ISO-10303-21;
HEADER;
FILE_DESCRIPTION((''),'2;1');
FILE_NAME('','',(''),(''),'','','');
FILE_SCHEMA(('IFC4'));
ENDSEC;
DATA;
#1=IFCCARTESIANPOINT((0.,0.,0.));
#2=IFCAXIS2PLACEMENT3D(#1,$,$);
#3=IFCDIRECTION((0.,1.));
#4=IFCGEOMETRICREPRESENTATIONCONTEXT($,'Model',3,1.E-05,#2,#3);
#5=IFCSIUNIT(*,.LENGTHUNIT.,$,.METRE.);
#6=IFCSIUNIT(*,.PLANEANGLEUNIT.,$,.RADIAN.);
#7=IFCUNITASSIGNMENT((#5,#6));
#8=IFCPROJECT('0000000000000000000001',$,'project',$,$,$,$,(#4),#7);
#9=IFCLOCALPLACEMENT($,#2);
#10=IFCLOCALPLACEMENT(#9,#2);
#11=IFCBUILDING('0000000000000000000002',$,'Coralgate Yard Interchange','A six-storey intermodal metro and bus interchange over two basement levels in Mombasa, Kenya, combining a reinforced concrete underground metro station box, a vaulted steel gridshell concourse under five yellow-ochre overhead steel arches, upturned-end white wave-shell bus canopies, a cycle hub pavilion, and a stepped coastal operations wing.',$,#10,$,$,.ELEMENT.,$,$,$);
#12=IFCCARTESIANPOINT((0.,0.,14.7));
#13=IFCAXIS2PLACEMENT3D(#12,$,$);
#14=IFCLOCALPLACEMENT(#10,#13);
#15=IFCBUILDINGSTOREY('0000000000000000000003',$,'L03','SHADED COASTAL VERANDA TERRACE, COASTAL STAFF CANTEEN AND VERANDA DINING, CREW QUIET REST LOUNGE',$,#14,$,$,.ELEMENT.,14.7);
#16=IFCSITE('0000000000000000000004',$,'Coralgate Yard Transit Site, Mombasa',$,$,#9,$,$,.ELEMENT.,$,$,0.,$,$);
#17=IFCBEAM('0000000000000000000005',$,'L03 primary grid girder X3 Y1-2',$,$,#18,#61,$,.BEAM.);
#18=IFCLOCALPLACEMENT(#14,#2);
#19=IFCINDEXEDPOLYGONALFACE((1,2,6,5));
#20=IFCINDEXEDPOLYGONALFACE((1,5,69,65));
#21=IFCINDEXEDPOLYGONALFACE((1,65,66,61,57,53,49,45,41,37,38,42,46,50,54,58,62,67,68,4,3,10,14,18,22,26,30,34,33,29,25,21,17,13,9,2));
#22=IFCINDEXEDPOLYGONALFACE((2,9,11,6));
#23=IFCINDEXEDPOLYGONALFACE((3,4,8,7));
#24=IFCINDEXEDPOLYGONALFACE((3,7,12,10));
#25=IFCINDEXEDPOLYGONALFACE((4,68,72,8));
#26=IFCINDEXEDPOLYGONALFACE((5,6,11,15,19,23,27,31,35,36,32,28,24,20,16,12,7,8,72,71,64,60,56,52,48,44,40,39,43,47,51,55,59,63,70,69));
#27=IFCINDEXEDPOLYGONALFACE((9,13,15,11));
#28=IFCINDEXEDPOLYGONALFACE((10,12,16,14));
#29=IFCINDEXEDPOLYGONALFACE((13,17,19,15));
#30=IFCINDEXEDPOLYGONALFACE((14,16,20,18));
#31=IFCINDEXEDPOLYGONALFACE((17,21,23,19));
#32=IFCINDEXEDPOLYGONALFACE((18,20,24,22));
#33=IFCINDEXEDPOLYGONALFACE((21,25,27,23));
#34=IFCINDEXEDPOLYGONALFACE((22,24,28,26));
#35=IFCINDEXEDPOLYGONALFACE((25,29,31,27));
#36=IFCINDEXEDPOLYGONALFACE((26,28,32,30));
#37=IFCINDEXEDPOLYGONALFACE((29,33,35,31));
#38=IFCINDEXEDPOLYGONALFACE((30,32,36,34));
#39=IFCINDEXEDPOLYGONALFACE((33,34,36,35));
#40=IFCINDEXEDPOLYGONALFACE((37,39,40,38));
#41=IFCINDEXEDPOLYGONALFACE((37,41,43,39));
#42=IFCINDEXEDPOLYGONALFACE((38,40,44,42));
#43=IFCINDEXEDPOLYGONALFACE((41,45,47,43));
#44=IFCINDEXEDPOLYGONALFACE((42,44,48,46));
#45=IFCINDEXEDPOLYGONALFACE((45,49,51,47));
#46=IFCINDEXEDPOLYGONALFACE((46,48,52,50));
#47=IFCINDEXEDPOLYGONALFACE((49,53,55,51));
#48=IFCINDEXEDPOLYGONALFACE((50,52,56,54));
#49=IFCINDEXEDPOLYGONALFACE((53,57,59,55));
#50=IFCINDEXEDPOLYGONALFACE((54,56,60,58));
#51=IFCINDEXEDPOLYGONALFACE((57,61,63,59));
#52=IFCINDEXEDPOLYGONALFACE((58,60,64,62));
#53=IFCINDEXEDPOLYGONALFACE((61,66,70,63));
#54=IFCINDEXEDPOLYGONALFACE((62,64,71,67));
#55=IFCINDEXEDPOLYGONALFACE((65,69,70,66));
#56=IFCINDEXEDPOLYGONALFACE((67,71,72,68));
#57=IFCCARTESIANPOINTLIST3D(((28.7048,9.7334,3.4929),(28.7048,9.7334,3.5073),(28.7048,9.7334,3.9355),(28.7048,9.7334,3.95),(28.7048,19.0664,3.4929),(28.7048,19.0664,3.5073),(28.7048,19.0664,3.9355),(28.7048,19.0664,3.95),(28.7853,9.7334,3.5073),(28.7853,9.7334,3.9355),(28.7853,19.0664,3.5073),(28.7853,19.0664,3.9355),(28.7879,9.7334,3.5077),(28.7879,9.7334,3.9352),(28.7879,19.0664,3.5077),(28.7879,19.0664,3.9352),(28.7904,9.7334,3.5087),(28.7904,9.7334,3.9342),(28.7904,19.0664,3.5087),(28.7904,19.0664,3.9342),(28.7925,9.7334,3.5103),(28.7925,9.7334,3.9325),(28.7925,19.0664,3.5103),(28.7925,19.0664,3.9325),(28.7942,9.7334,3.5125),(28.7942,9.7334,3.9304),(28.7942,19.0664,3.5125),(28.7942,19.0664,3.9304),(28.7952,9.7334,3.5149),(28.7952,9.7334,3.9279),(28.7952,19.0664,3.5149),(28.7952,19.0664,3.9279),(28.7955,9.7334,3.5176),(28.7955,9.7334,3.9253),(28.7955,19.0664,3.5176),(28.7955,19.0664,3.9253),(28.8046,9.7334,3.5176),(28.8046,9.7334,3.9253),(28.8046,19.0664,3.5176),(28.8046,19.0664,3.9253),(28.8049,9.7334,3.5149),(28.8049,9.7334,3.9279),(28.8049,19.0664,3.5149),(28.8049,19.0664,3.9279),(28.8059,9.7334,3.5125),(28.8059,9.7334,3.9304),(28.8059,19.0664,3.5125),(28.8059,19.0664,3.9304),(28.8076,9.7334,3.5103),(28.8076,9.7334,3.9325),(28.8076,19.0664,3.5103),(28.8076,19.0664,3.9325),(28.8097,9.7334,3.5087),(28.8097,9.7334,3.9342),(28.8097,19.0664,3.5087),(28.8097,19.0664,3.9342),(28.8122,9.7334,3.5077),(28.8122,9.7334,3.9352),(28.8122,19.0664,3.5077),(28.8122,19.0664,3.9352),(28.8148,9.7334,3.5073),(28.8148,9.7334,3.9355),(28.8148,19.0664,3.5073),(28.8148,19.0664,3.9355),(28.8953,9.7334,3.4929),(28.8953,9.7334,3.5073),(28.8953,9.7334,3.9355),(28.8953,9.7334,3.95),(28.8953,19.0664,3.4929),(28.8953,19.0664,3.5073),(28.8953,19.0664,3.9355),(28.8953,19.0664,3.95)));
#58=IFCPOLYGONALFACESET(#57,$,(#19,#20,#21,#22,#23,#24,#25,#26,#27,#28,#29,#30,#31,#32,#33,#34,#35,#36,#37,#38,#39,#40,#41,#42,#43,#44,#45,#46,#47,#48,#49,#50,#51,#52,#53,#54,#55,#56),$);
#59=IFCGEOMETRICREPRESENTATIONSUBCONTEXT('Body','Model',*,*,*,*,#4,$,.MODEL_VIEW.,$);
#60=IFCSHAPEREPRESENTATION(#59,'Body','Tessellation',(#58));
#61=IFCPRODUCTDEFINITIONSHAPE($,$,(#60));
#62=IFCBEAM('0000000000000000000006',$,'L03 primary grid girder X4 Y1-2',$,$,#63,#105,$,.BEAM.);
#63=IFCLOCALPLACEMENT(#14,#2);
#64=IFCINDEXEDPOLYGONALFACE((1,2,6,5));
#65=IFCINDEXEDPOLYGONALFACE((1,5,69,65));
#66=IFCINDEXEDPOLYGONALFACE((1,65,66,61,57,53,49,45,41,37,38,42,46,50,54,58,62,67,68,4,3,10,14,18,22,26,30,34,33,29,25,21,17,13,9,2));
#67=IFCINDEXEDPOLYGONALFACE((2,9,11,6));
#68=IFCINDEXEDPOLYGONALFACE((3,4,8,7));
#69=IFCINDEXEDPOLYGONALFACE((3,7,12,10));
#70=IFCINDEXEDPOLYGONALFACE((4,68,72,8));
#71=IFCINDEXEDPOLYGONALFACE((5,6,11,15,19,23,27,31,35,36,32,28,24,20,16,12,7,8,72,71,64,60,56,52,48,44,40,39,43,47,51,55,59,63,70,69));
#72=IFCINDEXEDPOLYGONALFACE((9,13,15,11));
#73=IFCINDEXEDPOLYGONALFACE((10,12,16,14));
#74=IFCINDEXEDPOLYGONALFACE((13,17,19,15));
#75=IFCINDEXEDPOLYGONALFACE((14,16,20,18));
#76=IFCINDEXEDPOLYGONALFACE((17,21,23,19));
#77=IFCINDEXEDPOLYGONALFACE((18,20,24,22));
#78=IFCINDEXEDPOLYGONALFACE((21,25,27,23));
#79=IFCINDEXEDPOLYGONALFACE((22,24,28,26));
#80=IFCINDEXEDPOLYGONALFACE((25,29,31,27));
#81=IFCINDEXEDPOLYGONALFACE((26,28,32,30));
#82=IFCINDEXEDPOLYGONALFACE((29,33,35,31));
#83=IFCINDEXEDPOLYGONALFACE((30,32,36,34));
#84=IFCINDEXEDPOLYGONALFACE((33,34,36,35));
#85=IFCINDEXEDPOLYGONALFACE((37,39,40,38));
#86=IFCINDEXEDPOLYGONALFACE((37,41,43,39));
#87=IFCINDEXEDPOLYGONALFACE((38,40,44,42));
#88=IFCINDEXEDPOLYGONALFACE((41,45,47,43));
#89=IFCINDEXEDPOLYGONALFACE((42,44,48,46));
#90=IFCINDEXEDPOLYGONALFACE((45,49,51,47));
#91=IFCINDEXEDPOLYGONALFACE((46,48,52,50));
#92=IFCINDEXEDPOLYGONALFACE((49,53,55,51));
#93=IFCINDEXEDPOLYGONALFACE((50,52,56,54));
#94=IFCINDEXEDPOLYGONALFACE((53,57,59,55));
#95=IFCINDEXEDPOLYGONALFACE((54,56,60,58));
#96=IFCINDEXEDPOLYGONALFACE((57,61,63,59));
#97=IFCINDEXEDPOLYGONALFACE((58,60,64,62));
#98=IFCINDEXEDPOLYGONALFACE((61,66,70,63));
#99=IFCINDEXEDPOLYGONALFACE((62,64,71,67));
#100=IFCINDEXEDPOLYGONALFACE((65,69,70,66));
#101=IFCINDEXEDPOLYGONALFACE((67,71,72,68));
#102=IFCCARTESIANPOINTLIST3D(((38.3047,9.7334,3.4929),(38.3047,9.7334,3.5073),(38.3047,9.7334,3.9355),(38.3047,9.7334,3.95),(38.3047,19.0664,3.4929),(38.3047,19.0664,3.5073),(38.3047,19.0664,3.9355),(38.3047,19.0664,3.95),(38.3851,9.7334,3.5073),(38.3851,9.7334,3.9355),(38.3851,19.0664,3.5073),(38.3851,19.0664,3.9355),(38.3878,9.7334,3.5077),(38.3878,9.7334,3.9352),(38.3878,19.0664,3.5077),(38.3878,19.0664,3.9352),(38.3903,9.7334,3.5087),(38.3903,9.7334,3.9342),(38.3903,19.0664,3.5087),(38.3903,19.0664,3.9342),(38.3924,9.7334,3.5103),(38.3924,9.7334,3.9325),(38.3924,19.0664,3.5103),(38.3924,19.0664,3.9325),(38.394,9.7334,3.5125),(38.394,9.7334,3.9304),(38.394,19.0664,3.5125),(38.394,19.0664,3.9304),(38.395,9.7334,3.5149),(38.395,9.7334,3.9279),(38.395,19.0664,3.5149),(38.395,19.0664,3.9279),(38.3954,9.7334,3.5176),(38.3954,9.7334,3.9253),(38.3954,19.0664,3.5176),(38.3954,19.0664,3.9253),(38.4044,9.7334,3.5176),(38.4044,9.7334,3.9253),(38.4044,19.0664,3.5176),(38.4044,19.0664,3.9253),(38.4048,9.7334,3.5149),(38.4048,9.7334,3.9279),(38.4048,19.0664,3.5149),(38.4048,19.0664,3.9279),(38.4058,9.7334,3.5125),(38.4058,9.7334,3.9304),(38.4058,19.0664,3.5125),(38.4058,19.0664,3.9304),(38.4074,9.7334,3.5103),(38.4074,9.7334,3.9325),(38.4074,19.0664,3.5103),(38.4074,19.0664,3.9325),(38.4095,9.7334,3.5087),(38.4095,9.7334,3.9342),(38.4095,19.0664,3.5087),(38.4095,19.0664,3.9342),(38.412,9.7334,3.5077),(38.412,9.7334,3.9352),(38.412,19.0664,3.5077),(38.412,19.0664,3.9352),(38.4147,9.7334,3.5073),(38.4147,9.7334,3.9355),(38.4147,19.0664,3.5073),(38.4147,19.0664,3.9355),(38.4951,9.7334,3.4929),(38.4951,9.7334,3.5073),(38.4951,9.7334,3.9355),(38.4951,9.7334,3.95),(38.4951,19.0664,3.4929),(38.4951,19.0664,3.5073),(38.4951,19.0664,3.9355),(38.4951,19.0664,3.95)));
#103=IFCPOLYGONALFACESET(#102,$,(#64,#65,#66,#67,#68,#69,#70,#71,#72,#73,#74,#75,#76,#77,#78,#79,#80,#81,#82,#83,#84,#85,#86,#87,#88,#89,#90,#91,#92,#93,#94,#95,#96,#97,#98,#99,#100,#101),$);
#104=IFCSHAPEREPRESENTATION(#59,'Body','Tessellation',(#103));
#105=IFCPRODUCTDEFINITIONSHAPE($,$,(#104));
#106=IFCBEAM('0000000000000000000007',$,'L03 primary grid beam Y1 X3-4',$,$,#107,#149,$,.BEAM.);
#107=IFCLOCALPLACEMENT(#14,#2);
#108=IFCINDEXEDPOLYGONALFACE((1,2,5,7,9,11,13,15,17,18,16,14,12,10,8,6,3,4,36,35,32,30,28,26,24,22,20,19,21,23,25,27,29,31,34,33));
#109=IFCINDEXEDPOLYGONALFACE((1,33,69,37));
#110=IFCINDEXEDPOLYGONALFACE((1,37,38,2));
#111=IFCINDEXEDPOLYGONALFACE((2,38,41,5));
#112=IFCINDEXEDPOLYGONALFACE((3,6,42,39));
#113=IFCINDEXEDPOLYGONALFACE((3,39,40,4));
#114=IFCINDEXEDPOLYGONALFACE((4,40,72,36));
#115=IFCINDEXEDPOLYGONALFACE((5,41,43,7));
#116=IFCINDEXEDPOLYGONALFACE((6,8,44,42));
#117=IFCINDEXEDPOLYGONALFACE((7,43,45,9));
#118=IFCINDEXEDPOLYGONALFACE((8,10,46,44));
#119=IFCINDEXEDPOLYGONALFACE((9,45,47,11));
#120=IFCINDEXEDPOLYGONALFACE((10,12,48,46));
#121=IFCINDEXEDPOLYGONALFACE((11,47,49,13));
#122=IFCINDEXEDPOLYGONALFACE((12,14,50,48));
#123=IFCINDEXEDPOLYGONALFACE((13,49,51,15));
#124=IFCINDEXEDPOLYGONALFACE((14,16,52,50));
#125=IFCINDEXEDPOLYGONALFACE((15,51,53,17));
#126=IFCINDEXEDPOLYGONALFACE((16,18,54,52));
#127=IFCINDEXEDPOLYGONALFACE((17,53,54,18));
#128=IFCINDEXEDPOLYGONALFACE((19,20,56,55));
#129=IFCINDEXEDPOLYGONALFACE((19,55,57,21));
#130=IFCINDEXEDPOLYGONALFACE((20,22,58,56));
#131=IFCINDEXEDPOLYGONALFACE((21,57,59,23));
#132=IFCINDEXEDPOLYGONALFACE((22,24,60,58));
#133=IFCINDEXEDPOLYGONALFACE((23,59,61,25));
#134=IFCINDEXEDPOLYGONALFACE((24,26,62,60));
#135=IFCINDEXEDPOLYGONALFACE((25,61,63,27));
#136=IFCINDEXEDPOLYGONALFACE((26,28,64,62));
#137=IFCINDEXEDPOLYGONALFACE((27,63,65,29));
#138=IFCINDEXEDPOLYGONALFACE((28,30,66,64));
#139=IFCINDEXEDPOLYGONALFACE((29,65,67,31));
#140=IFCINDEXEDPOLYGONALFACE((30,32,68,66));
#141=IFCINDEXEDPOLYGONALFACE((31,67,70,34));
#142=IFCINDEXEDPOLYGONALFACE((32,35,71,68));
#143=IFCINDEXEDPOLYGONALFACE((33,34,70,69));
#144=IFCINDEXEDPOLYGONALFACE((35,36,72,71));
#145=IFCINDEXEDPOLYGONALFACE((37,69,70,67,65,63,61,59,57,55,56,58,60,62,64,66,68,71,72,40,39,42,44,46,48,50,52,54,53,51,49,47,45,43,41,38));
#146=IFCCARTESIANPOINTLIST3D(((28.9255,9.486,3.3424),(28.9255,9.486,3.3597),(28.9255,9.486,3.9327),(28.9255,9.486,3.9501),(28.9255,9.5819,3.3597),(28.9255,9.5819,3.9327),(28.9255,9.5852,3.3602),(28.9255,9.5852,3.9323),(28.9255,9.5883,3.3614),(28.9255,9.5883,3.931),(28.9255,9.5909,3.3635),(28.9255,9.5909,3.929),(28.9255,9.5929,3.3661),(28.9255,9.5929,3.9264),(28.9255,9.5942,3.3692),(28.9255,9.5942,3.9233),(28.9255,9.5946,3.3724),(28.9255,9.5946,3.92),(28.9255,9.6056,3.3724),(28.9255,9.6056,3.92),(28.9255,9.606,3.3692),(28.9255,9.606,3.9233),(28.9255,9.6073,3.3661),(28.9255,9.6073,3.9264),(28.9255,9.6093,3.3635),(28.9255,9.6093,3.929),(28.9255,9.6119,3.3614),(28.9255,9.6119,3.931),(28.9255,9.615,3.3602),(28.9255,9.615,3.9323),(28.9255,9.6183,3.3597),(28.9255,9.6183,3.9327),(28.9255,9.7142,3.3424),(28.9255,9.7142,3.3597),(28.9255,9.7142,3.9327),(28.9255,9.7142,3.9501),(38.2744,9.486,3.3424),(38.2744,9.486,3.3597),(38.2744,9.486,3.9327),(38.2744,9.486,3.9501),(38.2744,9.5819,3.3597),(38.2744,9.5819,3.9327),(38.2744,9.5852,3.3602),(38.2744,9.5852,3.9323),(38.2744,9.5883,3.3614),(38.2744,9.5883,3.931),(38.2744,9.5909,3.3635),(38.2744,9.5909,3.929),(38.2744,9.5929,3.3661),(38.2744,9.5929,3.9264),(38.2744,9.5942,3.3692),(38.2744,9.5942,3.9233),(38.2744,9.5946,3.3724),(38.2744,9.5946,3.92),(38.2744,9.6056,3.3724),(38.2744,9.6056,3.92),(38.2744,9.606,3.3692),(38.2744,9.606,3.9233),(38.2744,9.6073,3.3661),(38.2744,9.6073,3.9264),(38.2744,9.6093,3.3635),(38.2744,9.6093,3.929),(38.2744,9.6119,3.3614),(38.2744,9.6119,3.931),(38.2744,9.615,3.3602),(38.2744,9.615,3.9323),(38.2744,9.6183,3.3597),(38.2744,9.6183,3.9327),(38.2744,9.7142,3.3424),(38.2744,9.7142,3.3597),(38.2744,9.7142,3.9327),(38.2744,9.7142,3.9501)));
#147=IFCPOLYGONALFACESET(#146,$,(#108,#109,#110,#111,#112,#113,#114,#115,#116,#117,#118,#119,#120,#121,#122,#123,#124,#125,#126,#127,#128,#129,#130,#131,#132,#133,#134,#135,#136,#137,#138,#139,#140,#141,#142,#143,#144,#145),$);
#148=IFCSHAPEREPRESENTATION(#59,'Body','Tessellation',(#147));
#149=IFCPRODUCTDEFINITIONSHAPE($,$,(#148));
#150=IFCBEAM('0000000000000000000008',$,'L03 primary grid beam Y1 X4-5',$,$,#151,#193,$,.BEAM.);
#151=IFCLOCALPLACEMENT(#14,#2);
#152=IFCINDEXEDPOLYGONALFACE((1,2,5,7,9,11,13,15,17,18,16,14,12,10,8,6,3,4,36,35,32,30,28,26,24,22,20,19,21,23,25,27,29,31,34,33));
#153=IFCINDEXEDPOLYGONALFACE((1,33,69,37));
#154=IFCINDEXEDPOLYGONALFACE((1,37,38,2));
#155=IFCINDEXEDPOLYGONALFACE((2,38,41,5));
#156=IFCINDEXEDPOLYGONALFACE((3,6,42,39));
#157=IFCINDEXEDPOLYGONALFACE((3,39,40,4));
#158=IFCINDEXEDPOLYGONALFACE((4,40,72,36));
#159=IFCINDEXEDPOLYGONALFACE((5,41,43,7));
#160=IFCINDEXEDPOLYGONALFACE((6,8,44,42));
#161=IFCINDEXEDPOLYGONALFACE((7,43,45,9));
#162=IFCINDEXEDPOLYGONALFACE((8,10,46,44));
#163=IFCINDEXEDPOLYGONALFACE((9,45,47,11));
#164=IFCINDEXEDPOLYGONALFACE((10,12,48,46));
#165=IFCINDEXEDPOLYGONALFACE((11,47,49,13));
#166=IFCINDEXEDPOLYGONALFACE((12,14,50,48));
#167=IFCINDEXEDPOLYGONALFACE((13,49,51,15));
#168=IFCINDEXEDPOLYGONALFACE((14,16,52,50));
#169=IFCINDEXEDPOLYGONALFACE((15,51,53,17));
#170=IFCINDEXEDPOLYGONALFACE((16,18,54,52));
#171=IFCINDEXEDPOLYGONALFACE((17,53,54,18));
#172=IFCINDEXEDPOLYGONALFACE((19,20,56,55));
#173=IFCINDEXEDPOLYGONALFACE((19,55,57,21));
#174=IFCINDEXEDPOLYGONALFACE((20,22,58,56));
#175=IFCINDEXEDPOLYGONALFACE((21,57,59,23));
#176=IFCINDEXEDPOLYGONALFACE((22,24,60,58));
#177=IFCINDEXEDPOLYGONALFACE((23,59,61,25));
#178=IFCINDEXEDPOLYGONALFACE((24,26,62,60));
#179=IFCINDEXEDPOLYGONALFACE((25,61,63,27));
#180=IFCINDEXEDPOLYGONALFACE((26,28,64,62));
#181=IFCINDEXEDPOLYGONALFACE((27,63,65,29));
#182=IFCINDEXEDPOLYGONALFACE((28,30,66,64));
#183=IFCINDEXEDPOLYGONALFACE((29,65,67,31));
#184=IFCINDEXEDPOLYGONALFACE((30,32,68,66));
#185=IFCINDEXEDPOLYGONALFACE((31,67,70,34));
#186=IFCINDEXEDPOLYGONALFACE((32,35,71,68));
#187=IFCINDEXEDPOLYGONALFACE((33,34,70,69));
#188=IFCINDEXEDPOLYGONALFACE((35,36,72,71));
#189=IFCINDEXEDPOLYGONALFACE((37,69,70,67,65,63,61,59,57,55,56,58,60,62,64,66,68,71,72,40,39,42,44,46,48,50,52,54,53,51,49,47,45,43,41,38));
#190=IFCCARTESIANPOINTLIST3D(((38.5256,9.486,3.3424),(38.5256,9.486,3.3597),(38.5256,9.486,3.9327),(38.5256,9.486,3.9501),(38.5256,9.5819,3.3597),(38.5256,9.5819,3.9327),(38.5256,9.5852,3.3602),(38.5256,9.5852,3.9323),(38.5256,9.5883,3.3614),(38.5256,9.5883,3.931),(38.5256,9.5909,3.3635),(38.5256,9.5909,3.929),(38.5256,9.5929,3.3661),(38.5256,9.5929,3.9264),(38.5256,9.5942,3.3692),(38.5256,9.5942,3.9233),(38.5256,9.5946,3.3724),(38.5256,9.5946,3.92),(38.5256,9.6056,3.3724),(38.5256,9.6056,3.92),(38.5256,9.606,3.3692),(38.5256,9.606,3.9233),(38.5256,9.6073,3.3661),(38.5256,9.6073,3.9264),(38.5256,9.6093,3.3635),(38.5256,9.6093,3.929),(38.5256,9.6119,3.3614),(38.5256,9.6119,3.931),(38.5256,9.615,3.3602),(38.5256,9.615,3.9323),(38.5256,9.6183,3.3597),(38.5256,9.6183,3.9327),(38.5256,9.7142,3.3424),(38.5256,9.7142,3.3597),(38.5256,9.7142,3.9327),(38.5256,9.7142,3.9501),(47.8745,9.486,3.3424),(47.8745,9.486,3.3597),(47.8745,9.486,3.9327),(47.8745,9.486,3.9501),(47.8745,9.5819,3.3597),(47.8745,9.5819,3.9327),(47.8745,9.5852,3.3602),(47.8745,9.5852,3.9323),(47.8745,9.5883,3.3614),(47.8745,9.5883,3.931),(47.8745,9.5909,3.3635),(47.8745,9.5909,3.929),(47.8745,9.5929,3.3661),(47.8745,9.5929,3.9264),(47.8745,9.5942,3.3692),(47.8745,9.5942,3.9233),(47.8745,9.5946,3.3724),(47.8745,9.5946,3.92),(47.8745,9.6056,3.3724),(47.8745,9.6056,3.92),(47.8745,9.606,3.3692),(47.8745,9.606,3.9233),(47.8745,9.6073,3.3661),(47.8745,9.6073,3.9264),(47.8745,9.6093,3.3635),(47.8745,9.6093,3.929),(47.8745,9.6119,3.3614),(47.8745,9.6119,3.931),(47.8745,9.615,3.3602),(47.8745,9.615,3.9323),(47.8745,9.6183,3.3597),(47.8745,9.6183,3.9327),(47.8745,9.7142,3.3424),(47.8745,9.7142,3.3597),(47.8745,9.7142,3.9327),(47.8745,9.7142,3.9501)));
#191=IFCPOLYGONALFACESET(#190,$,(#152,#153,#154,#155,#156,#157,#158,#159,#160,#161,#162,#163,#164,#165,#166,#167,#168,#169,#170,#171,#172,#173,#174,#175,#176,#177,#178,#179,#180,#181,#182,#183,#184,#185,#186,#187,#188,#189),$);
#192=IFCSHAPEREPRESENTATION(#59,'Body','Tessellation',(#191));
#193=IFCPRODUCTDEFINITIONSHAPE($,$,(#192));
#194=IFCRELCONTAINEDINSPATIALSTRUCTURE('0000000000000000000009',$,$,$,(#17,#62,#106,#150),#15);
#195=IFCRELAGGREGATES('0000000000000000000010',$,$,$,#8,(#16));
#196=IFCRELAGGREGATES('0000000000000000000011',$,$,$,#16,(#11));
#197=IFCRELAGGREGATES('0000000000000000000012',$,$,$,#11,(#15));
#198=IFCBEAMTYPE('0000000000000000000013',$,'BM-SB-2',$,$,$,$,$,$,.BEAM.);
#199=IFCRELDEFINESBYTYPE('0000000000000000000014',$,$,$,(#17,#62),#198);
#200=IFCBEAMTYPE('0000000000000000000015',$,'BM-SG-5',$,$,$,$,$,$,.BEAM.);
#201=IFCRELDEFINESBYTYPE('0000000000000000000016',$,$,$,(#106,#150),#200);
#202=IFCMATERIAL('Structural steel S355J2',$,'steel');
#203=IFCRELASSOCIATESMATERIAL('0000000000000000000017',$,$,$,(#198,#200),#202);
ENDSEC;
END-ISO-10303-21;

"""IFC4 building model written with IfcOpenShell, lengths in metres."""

from ifc_helpers import new_model, si_unit, direction, frame, origin, origin_2d, place, context, subcontext, project, spatial, i_section, extrude, material, material_profile, profile_set, type_object, element, save


model = new_model("IFC4")

# Units and contexts
model_context = context("Model", 3, precision=1e-05, world=origin(), true_north=direction((0.0, 1.0)))
body_context = subcontext(model_context, "Body", "Model", "MODEL_VIEW")
ifc_project = project(units=[si_unit("LENGTHUNIT", "METRE"), si_unit("PLANEANGLEUNIT", "RADIAN")], contexts=[model_context])

# Site, building, storey
site_placement = place(None, origin())
site = spatial("IfcSite", under=ifc_project, at=site_placement, Name="Coralgate Yard Transit Site, Mombasa", CompositionType="ELEMENT", RefElevation=0.0)
building_placement = place(site_placement, origin())
building = spatial("IfcBuilding", under=site, at=building_placement, Name="Coralgate Yard Interchange", Description="A six-storey intermodal metro and bus interchange over two basement levels in Mombasa, Kenya, combining a reinforced concrete underground metro station box, a vaulted steel gridshell concourse under five yellow-ochre overhead steel arches, upturned-end white wave-shell bus canopies, a cycle hub pavilion, and a stepped coastal operations wing.", CompositionType="ELEMENT")
storey_placement = place(building_placement, frame((0.0, 0.0, 14.7)))
storey = spatial("IfcBuildingStorey", under=building, at=storey_placement, Name="L03", Description="SHADED COASTAL VERANDA TERRACE, COASTAL STAFF CANTEEN AND VERANDA DINING, CREW QUIET REST LOUNGE", CompositionType="ELEMENT", Elevation=14.7)

# Shared definitions
ifc_material_1 = material(Name="Structural steel S355J2", Category="steel")

# Beams
ifc_material_profile_1 = material_profile(ifc_material_1, i_section(OverallWidth=0.1904, OverallDepth=0.457, WebThickness=0.009, FlangeThickness=0.0144, FilletRadius=0.0103, at=origin_2d()), Name="UB 457x191x74")
ifc_profile_set_1 = profile_set([ifc_material_profile_1], Name="Structural steel S355J2")
beam_type_1 = type_object("IfcBeamType", Name="BM-SB-2", PredefinedType="BEAM", material=ifc_profile_set_1)
for number, where, z_axis, x_axis, name in (
    (1, (28.8, 9.7334, 3.7214), (0.0, 1.0, 0.0), (-1.0, 0.0, 0.0), "L03 primary grid girder X3 Y1-2"),
    (2, (38.3999, 9.7334, 3.7214), (0.0, 1.0, 0.0), (-1.0, 0.0, 0.0), "L03 primary grid girder X4 Y1-2"),
):
    element("IfcBeam", number, at=place(storey_placement, frame(where, z_axis=z_axis, x_axis=x_axis)), inside=storey, type_object=beam_type_1, Name=name, PredefinedType="BEAM", context=body_context, shape_type="SweptSolid", body=[
        extrude(i_section(OverallWidth=0.1904, OverallDepth=0.457, WebThickness=0.009, FlangeThickness=0.0144, FilletRadius=0.0103, at=origin_2d()), origin(), (0.0, 0.0, 1.0), 9.333),
    ])
ifc_material_profile_2 = material_profile(ifc_material_1, i_section(OverallWidth=0.2283, OverallDepth=0.6077, WebThickness=0.011, FlangeThickness=0.0173, FilletRadius=0.0127, at=origin_2d()), Name="UB 610x229x113")
ifc_profile_set_2 = profile_set([ifc_material_profile_2], Name="Structural steel S355J2")
beam_type_2 = type_object("IfcBeamType", Name="BM-SG-5", PredefinedType="BEAM", material=ifc_profile_set_2)
for number, where, z_axis, x_axis, name in (
    (3, (28.9255, 9.6001, 3.6462), (1.0, 0.0, 0.0), (0.0, 1.0, 0.0), "L03 primary grid beam Y1 X3-4"),
    (4, (38.5256, 9.6001, 3.6462), (1.0, 0.0, 0.0), (0.0, 1.0, 0.0), "L03 primary grid beam Y1 X4-5"),
):
    element("IfcBeam", number, at=place(storey_placement, frame(where, z_axis=z_axis, x_axis=x_axis)), inside=storey, type_object=beam_type_2, Name=name, PredefinedType="BEAM", context=body_context, shape_type="SweptSolid", body=[
        extrude(i_section(OverallWidth=0.2283, OverallDepth=0.6077, WebThickness=0.011, FlangeThickness=0.0173, FilletRadius=0.0127, at=origin_2d()), origin(), (0.0, 0.0, 1.0), 9.3489),
    ])

save(model, "model.ifc")
